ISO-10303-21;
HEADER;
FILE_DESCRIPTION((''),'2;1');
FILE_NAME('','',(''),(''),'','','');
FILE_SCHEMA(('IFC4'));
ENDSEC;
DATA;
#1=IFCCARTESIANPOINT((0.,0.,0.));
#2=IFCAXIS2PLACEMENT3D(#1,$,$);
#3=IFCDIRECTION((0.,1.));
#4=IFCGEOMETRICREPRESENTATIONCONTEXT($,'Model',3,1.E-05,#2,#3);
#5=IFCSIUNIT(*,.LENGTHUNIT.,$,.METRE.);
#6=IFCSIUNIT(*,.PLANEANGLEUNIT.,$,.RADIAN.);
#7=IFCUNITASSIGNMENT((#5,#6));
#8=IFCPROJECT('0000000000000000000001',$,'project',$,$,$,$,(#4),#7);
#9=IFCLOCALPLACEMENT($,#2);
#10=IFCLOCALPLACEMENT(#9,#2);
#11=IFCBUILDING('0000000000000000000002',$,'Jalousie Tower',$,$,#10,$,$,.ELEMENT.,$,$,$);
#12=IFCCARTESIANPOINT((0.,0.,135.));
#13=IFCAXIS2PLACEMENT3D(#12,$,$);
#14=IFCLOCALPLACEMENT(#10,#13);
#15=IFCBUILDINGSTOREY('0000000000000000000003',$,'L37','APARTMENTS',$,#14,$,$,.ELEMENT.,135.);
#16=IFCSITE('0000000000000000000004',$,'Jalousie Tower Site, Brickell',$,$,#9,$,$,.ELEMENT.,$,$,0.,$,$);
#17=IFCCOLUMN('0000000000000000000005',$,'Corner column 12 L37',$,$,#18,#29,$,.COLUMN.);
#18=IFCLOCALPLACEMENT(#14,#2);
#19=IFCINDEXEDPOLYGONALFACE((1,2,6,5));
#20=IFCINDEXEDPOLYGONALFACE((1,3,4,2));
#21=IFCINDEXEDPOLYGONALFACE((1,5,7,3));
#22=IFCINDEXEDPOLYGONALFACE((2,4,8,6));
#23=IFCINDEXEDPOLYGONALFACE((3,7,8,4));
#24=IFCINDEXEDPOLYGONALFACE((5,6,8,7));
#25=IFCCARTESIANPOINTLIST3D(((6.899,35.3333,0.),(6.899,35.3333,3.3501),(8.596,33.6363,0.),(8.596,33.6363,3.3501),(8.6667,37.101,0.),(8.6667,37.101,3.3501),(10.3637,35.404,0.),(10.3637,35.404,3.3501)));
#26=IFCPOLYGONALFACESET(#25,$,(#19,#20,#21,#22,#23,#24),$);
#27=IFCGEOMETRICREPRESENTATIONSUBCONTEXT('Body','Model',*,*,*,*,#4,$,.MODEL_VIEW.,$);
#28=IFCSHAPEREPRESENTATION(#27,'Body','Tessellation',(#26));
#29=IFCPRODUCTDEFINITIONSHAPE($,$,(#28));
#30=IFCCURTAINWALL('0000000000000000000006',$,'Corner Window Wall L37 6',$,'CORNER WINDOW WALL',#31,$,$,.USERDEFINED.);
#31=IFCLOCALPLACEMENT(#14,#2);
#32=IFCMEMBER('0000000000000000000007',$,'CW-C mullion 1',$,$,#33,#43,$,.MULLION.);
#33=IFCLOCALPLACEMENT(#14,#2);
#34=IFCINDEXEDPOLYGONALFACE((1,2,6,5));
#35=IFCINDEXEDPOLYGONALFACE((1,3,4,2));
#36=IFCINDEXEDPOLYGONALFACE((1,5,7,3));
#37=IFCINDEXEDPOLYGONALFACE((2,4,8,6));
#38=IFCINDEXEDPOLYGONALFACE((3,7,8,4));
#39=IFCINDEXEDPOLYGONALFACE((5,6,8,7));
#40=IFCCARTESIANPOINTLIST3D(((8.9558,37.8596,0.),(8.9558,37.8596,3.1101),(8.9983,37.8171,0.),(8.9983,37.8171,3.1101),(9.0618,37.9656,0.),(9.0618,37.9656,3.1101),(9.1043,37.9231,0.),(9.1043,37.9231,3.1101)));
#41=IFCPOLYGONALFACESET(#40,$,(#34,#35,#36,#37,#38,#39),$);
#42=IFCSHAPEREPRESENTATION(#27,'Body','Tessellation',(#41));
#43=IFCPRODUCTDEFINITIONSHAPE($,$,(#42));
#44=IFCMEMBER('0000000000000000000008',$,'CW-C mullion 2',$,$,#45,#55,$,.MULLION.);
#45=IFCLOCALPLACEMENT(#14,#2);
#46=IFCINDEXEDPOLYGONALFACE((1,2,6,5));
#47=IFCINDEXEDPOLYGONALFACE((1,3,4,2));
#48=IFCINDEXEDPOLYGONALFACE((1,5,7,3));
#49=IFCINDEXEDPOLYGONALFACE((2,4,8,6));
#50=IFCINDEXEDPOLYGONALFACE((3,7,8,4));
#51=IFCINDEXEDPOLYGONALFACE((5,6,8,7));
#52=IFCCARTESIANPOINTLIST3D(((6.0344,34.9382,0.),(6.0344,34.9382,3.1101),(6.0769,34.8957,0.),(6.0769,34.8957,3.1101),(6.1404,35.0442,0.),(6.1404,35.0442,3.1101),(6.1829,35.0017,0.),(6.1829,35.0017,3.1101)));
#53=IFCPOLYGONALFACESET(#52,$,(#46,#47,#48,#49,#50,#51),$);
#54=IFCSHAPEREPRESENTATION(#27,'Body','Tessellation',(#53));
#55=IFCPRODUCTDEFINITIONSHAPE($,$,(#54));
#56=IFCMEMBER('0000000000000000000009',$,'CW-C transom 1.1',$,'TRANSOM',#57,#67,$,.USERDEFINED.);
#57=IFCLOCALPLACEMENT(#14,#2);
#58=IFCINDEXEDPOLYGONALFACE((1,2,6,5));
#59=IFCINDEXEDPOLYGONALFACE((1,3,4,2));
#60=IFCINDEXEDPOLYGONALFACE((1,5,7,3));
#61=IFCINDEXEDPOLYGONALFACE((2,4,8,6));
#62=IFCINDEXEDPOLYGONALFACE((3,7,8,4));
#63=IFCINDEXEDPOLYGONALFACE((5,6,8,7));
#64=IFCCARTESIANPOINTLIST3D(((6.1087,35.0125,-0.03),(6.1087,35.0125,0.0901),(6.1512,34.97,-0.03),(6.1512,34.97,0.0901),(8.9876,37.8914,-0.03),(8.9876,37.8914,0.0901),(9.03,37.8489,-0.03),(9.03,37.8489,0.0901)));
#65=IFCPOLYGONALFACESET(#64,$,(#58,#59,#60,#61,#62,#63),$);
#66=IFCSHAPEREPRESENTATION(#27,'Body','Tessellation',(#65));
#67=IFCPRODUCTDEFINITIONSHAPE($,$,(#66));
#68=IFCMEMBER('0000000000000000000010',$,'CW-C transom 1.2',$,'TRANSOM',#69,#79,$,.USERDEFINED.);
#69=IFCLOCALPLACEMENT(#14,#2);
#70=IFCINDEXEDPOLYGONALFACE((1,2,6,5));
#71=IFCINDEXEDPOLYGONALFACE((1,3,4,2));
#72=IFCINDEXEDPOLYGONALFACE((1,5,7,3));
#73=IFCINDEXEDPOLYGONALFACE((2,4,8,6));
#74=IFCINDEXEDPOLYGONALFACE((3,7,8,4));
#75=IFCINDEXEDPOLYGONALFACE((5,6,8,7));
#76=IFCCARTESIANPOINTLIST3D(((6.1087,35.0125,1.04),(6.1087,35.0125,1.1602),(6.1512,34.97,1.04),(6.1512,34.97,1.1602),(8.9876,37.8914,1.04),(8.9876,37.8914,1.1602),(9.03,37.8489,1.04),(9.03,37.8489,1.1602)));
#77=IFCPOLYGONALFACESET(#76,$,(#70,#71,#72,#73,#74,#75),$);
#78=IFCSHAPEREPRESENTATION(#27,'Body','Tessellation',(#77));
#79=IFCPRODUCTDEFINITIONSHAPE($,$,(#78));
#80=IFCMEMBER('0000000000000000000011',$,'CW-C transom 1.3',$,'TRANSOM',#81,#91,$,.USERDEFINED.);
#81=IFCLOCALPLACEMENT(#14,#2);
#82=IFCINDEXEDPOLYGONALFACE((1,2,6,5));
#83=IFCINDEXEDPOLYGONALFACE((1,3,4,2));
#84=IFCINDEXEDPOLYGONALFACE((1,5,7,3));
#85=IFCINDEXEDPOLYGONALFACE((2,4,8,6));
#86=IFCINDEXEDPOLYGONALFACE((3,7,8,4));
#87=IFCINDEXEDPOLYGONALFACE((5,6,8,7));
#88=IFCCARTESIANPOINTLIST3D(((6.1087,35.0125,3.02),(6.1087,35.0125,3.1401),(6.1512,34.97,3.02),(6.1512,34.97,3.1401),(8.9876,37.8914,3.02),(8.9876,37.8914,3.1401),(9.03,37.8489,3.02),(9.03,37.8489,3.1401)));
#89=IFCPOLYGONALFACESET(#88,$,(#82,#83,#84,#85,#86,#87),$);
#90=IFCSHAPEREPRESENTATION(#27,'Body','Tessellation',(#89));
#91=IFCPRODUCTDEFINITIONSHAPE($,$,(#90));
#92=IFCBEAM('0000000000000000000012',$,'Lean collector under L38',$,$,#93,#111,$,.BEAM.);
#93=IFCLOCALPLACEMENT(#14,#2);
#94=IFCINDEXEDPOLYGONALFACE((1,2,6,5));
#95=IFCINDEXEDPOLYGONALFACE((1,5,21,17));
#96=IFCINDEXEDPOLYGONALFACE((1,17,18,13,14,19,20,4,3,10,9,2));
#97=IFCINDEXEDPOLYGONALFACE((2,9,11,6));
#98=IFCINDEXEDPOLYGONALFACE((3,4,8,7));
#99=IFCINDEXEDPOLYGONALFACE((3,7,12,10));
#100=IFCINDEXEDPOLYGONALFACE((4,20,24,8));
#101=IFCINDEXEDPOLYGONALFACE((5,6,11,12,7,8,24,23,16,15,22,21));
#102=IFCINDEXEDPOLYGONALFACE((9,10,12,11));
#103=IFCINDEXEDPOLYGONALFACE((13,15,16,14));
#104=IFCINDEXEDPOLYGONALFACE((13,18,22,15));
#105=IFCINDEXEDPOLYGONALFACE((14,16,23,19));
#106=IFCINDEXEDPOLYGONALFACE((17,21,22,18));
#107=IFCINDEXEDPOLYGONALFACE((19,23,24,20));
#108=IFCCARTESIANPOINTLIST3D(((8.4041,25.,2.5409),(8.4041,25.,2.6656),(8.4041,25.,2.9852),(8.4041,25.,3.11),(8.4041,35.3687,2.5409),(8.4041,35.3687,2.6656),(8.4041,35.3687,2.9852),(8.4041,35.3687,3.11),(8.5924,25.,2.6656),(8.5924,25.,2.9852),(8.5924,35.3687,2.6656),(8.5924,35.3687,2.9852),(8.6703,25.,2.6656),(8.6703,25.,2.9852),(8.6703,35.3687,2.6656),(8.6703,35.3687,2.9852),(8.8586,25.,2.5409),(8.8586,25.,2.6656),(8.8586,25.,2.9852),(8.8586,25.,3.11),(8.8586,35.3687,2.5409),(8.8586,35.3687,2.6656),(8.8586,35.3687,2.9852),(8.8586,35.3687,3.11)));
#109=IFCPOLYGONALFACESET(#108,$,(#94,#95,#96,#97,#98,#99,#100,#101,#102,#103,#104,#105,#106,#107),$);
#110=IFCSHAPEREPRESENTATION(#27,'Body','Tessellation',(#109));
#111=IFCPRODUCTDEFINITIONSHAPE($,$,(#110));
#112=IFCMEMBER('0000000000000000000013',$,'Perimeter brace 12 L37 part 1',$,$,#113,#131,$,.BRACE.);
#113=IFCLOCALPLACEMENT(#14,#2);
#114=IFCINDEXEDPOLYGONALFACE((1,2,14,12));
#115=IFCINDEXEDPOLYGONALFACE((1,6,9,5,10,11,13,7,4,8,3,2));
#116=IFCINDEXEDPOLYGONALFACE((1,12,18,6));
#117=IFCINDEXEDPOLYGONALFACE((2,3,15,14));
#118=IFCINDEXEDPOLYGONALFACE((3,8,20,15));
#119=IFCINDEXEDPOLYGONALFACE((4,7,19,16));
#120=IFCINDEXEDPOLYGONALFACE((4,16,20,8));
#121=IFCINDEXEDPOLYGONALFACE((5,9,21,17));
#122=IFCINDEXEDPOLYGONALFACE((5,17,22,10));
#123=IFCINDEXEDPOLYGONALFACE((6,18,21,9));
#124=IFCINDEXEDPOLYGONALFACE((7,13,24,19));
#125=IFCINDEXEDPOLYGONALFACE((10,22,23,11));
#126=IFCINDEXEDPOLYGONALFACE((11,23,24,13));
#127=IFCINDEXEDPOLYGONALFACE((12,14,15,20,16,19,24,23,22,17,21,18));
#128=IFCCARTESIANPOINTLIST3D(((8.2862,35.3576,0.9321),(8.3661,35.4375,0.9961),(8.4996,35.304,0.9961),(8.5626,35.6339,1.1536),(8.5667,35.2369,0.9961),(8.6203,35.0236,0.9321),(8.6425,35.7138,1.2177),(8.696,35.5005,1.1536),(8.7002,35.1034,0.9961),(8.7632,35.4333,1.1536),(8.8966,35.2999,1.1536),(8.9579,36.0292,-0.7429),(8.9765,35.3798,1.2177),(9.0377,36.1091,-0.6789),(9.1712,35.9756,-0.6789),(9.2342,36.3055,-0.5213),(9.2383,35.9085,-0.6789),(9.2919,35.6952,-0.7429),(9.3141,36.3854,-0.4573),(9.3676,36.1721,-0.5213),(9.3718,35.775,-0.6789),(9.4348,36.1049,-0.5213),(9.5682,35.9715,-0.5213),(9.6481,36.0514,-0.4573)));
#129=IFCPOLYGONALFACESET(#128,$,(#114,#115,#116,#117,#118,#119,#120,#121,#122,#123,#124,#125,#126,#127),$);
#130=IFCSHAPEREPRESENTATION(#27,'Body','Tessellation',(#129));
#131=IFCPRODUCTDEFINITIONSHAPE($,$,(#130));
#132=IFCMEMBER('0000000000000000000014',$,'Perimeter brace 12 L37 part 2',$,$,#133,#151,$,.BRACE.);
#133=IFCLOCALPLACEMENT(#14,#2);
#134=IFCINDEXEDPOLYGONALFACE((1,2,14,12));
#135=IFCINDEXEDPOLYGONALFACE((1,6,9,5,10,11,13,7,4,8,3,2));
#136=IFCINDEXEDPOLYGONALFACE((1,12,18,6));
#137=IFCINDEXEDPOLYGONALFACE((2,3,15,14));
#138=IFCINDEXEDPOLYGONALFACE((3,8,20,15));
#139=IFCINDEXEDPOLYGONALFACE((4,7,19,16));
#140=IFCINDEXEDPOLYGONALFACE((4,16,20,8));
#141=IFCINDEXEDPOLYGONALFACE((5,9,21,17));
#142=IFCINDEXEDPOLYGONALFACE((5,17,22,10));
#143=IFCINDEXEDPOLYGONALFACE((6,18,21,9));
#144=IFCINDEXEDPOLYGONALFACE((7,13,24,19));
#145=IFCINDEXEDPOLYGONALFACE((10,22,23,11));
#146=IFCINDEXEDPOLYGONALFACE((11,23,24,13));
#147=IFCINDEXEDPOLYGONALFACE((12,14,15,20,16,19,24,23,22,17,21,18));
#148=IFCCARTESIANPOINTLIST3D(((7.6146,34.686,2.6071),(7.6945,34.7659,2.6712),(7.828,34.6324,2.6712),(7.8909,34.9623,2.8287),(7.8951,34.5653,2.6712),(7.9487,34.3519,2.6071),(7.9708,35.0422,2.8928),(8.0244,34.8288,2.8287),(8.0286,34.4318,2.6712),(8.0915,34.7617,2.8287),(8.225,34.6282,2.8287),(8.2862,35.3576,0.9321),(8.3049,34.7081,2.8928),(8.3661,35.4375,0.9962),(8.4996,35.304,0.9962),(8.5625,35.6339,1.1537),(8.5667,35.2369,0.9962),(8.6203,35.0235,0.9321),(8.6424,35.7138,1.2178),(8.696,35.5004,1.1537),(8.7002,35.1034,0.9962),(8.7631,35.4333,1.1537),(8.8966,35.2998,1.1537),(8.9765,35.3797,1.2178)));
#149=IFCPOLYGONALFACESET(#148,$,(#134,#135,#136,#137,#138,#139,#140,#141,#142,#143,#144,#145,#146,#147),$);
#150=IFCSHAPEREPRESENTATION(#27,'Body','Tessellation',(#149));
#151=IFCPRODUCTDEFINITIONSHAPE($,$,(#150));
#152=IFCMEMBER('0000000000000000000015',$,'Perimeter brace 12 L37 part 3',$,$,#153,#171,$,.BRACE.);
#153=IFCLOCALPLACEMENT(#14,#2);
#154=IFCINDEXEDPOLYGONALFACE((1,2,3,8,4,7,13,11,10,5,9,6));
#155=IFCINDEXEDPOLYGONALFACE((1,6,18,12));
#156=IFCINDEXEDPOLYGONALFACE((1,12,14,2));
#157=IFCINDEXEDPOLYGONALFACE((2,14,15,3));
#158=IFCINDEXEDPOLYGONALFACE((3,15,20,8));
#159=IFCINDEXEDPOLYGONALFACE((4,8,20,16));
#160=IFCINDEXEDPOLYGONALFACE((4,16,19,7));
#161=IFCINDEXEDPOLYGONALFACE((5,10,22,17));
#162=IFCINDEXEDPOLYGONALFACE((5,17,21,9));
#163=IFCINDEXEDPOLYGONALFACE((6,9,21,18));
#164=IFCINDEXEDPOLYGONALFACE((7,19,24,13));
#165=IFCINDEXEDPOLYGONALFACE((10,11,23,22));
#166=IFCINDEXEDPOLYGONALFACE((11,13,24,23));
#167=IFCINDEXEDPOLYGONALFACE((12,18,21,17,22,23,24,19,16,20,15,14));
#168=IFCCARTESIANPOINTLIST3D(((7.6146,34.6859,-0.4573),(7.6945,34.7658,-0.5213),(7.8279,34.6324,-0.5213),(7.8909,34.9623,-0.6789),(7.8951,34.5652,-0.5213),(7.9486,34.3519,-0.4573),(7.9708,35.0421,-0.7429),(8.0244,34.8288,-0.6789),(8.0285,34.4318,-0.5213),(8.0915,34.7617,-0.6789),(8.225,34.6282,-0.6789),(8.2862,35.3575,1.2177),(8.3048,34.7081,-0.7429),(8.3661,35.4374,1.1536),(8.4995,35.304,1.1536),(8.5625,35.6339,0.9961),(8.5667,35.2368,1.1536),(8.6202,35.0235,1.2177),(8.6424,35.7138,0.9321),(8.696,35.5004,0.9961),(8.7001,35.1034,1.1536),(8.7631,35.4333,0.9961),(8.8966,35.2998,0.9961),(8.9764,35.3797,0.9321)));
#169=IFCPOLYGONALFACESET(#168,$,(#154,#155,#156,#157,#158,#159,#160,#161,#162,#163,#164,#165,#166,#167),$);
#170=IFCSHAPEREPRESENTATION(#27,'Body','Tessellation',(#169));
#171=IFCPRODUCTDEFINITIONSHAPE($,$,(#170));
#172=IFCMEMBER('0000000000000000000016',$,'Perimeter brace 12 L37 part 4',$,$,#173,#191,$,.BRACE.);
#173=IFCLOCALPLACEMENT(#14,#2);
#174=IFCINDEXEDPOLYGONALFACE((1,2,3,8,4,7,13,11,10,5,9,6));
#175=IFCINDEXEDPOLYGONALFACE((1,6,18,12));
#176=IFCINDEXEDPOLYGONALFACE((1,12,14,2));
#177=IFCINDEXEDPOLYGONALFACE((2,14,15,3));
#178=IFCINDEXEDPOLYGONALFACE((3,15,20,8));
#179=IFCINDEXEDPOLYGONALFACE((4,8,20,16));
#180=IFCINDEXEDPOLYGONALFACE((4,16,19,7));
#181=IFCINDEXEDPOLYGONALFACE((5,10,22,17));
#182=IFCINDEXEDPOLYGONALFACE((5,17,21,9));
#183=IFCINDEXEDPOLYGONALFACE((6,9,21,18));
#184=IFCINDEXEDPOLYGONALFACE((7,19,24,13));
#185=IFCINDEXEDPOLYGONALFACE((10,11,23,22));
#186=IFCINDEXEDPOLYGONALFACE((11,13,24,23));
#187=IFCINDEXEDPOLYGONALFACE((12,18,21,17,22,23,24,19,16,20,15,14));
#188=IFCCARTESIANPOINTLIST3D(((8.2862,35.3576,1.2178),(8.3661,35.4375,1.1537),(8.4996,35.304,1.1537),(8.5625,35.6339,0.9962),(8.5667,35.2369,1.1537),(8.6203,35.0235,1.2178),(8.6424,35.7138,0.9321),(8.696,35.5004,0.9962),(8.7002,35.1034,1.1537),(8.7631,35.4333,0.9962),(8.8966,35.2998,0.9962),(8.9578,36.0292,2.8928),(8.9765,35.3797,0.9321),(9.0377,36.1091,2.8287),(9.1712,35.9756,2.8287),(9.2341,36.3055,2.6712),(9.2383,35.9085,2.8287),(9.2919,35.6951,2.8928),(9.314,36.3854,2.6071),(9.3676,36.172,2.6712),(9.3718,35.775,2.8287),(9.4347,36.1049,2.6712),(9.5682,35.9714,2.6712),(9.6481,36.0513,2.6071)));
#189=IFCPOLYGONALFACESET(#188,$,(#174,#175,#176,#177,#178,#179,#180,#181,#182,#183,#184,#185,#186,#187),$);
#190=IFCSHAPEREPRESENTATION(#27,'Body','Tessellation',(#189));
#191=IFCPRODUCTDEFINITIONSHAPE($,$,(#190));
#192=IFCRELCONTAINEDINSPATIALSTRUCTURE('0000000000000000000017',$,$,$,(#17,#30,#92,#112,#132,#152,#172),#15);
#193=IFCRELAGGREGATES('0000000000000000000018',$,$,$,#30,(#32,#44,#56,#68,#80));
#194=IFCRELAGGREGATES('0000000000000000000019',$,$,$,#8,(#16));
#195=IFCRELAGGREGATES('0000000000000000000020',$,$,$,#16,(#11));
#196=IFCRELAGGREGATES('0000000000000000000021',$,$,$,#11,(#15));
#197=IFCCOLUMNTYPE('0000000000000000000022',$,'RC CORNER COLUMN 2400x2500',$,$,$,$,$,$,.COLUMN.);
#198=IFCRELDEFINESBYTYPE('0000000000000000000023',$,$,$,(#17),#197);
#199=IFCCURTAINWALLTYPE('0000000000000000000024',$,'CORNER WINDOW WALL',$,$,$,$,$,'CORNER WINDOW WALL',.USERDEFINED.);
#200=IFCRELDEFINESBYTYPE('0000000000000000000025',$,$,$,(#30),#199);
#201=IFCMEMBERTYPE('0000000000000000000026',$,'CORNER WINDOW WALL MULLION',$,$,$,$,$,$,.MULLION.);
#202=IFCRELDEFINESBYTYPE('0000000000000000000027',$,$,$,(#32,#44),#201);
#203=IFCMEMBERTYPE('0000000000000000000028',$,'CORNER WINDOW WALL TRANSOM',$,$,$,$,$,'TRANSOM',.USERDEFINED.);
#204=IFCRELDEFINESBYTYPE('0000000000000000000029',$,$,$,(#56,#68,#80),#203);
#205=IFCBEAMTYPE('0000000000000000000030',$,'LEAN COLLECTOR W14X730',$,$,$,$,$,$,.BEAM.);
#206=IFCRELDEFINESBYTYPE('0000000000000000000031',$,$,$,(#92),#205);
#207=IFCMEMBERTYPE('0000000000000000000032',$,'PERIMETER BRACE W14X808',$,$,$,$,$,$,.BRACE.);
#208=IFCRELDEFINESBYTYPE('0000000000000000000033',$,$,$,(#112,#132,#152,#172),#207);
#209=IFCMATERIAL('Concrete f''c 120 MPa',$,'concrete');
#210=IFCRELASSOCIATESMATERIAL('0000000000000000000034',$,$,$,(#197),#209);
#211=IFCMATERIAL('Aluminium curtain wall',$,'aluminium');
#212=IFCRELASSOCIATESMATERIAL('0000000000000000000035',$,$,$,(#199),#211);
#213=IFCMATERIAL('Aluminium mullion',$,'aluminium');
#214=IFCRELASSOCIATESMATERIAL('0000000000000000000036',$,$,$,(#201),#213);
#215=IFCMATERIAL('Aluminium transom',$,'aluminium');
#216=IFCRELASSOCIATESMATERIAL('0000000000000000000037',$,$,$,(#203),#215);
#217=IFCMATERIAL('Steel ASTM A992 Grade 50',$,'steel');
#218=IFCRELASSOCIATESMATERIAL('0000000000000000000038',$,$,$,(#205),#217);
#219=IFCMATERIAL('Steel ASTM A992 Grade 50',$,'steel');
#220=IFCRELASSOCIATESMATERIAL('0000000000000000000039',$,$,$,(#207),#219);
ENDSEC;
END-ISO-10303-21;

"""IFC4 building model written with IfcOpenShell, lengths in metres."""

from ifc_helpers import new_model, si_unit, direction, frame, origin, origin_2d, place, context, subcontext, project, spatial, rectangle, i_section, extrude, material, material_profile, profile_set, type_object, element, aggregate, save


model = new_model("IFC4")

# Units and contexts
model_context = context("Model", 3, precision=1e-05, world=origin(), true_north=direction((0.0, 1.0)))
body_context = subcontext(model_context, "Body", "Model", "MODEL_VIEW")
ifc_project = project(units=[si_unit("LENGTHUNIT", "METRE"), si_unit("PLANEANGLEUNIT", "RADIAN")], contexts=[model_context])

# Site, building, storey
site_placement = place(None, origin())
site = spatial("IfcSite", under=ifc_project, at=site_placement, Name="Jalousie Tower Site, Brickell", CompositionType="ELEMENT", RefElevation=0.0)
building_placement = place(site_placement, origin())
building = spatial("IfcBuilding", under=site, at=building_placement, Name="Jalousie Tower", CompositionType="ELEMENT")
storey_placement = place(building_placement, frame((0.0, 0.0, 135.0)))
storey = spatial("IfcBuildingStorey", under=building, at=storey_placement, Name="L37", Description="APARTMENTS", CompositionType="ELEMENT", Elevation=135.0)

# Column
ifc_material_1 = material(Name="Concrete f'c 120 MPa", Category="concrete")
ifc_material_profile_1 = material_profile(ifc_material_1, rectangle(XDim=2.3999, YDim=2.5, at=origin_2d()), Name="RC 2400x2500")
ifc_profile_set_1 = profile_set([ifc_material_profile_1], Name="Concrete f'c 120 MPa")
column_type = type_object("IfcColumnType", Name="RC CORNER COLUMN 2400x2500", PredefinedType="COLUMN", material=ifc_profile_set_1)
column_placement = place(storey_placement, frame((8.6313, 35.3687, 0.0), z_axis=(0.0, 0.0, 1.0), x_axis=(0.707107, -0.707107, 0.0)))
element("IfcColumn", 1, at=column_placement, inside=storey, type_object=column_type, Name="Corner column 12 L37", PredefinedType="COLUMN", context=body_context, shape_type="SweptSolid", body=[
    extrude(rectangle(XDim=2.3999, YDim=2.5, at=origin_2d()), origin(), (0.0, 0.0, 1.0), 3.3501),
])

# Curtain wall, members
ifc_material_2 = material(Name="Aluminium curtain wall", Category="aluminium")
curtain_wall_type_1 = type_object("IfcCurtainWallType", Name="CORNER WINDOW WALL", ElementType="CORNER WINDOW WALL", PredefinedType="USERDEFINED", material=ifc_material_2)
curtain_wall_1_placement = place(storey_placement, origin())
curtain_wall_1 = element("IfcCurtainWall", 2, at=curtain_wall_1_placement, inside=storey, type_object=curtain_wall_type_1, Name="Corner Window Wall L37 6", ObjectType="CORNER WINDOW WALL", PredefinedType="USERDEFINED")
ifc_material_3 = material(Name="Aluminium mullion", Category="aluminium")
ifc_material_profile_2 = material_profile(ifc_material_3, rectangle(XDim=0.0601, YDim=0.1499, at=origin_2d()), Name="MULLION 60x150")
ifc_profile_set_2 = profile_set([ifc_material_profile_2], Name="Aluminium mullion")
member_type_1 = type_object("IfcMemberType", Name="CORNER WINDOW WALL MULLION", PredefinedType="MULLION", material=ifc_profile_set_2)
member_1_placement = place(storey_placement, frame((9.03, 37.8914, 0.0), z_axis=(0.0, 0.0, 1.0), x_axis=(0.707107, -0.707107, 0.0)))
member_1 = element("IfcMember", 3, at=member_1_placement, type_object=member_type_1, Name="CW-C mullion 1", PredefinedType="MULLION", context=body_context, shape_type="SweptSolid", body=[
    extrude(rectangle(XDim=0.0601, YDim=0.1499, at=origin_2d()), origin(), (0.0, 0.0, 1.0), 3.1101),
])
member_2_placement = place(storey_placement, frame((6.1086, 34.97, 0.0), z_axis=(0.0, 0.0, 1.0), x_axis=(0.707107, -0.707107, 0.0)))
member_2 = element("IfcMember", 4, at=member_2_placement, type_object=member_type_1, Name="CW-C mullion 2", PredefinedType="MULLION", context=body_context, shape_type="SweptSolid", body=[
    extrude(rectangle(XDim=0.0601, YDim=0.1499, at=origin_2d()), origin(), (0.0, 0.0, 1.0), 3.1101),
])
ifc_material_4 = material(Name="Aluminium transom", Category="aluminium")
ifc_material_profile_3 = material_profile(ifc_material_4, rectangle(XDim=0.0601, YDim=0.1201, at=origin_2d()), Name="TRANSOM 60x120")
ifc_profile_set_3 = profile_set([ifc_material_profile_3], Name="Aluminium transom")
member_type_2 = type_object("IfcMemberType", Name="CORNER WINDOW WALL TRANSOM", ElementType="TRANSOM", PredefinedType="USERDEFINED", material=ifc_profile_set_3)
member_3_placement = place(storey_placement, frame((9.0088, 37.8701, 0.03), z_axis=(-0.707107, -0.707107, 0.0), x_axis=(0.707107, -0.707107, 0.0)))
member_3 = element("IfcMember", 5, at=member_3_placement, type_object=member_type_2, Name="CW-C transom 1.1", ObjectType="TRANSOM", PredefinedType="USERDEFINED", context=body_context, shape_type="SweptSolid", body=[
    extrude(rectangle(XDim=0.0601, YDim=0.1201, at=origin_2d()), origin(), (0.0, 0.0, 1.0), 4.0713),
])
member_4_placement = place(storey_placement, frame((9.0088, 37.8701, 1.1001), z_axis=(-0.707107, -0.707107, 0.0), x_axis=(0.707107, -0.707107, 0.0)))
member_4 = element("IfcMember", 6, at=member_4_placement, type_object=member_type_2, Name="CW-C transom 1.2", ObjectType="TRANSOM", PredefinedType="USERDEFINED", context=body_context, shape_type="SweptSolid", body=[
    extrude(rectangle(XDim=0.0601, YDim=0.1201, at=origin_2d()), origin(), (0.0, 0.0, 1.0), 4.0713),
])
member_5_placement = place(storey_placement, frame((9.0088, 37.8701, 3.0801), z_axis=(-0.707107, -0.707107, 0.0), x_axis=(0.707107, -0.707107, 0.0)))
member_5 = element("IfcMember", 7, at=member_5_placement, type_object=member_type_2, Name="CW-C transom 1.3", ObjectType="TRANSOM", PredefinedType="USERDEFINED", context=body_context, shape_type="SweptSolid", body=[
    extrude(rectangle(XDim=0.0601, YDim=0.1201, at=origin_2d()), origin(), (0.0, 0.0, 1.0), 4.0713),
])

# Beam
ifc_material_5 = material(Name="Steel ASTM A992 Grade 50", Category="steel")
ifc_material_profile_4 = material_profile(ifc_material_5, i_section(OverallWidth=0.4546, OverallDepth=0.5691, WebThickness=0.0779, FlangeThickness=0.1248, at=origin_2d()), Name="W14X730")
ifc_profile_set_4 = profile_set([ifc_material_profile_4], Name="Steel ASTM A992 Grade 50")
beam_type_1 = type_object("IfcBeamType", Name="LEAN COLLECTOR W14X730", PredefinedType="BEAM", material=ifc_profile_set_4)
beam_1_placement = place(storey_placement, frame((8.6313, 35.3687, 2.8254), z_axis=(0.0, -1.0, 0.0), x_axis=(1.0, 0.0, 0.0)))
element("IfcBeam", 8, at=beam_1_placement, inside=storey, type_object=beam_type_1, Name="Lean collector under L38", PredefinedType="BEAM", context=body_context, shape_type="SweptSolid", body=[
    extrude(i_section(OverallWidth=0.4546, OverallDepth=0.5691, WebThickness=0.0779, FlangeThickness=0.1248, at=origin_2d()), origin(), (0.0, 0.0, 1.0), 10.3687),
])

# Members
ifc_material_6 = material(Name="Steel ASTM A992 Grade 50", Category="steel")
ifc_material_profile_5 = material_profile(ifc_material_6, i_section(OverallWidth=0.4724, OverallDepth=0.5791, WebThickness=0.095, FlangeThickness=0.1299, at=origin_2d()), Name="W14X808")
ifc_profile_set_5 = profile_set([ifc_material_profile_5], Name="Steel ASTM A992 Grade 50")
member_type_3 = type_object("IfcMemberType", Name="PERIMETER BRACE W14X808", PredefinedType="BRACE", material=ifc_profile_set_5)
for number, where, z_axis, x_axis, name in (
    (9, (9.303, 36.0403, -0.6001), (-0.348789, -0.348789, 0.869881), (0.707107, -0.707107, 0.0), "Perimeter brace 12 L37 part 1"),
    (10, (8.6313, 35.3687, 1.075), (-0.348789, -0.348789, 0.869881), (0.707107, -0.707107, 0.0), "Perimeter brace 12 L37 part 2"),
    (11, (7.9597, 34.697, -0.6001), (0.348789, 0.348789, 0.869881), (-0.707107, 0.707107, 0.0), "Perimeter brace 12 L37 part 3"),
    (12, (8.6313, 35.3687, 1.075), (0.348789, 0.348789, 0.869881), (-0.707107, 0.707107, 0.0), "Perimeter brace 12 L37 part 4"),
):
    element("IfcMember", number, at=place(storey_placement, frame(where, z_axis=z_axis, x_axis=x_axis)), inside=storey, type_object=member_type_3, Name=name, PredefinedType="BRACE", context=body_context, shape_type="SweptSolid", body=[
        extrude(i_section(OverallWidth=0.4724, OverallDepth=0.5791, WebThickness=0.095, FlangeThickness=0.1299, at=origin_2d()), origin(), (0.0, 0.0, 1.0), 1.9255),
    ])

aggregate(curtain_wall_1, [member_1, member_2, member_3, member_4, member_5])

save(model, "model.ifc")
